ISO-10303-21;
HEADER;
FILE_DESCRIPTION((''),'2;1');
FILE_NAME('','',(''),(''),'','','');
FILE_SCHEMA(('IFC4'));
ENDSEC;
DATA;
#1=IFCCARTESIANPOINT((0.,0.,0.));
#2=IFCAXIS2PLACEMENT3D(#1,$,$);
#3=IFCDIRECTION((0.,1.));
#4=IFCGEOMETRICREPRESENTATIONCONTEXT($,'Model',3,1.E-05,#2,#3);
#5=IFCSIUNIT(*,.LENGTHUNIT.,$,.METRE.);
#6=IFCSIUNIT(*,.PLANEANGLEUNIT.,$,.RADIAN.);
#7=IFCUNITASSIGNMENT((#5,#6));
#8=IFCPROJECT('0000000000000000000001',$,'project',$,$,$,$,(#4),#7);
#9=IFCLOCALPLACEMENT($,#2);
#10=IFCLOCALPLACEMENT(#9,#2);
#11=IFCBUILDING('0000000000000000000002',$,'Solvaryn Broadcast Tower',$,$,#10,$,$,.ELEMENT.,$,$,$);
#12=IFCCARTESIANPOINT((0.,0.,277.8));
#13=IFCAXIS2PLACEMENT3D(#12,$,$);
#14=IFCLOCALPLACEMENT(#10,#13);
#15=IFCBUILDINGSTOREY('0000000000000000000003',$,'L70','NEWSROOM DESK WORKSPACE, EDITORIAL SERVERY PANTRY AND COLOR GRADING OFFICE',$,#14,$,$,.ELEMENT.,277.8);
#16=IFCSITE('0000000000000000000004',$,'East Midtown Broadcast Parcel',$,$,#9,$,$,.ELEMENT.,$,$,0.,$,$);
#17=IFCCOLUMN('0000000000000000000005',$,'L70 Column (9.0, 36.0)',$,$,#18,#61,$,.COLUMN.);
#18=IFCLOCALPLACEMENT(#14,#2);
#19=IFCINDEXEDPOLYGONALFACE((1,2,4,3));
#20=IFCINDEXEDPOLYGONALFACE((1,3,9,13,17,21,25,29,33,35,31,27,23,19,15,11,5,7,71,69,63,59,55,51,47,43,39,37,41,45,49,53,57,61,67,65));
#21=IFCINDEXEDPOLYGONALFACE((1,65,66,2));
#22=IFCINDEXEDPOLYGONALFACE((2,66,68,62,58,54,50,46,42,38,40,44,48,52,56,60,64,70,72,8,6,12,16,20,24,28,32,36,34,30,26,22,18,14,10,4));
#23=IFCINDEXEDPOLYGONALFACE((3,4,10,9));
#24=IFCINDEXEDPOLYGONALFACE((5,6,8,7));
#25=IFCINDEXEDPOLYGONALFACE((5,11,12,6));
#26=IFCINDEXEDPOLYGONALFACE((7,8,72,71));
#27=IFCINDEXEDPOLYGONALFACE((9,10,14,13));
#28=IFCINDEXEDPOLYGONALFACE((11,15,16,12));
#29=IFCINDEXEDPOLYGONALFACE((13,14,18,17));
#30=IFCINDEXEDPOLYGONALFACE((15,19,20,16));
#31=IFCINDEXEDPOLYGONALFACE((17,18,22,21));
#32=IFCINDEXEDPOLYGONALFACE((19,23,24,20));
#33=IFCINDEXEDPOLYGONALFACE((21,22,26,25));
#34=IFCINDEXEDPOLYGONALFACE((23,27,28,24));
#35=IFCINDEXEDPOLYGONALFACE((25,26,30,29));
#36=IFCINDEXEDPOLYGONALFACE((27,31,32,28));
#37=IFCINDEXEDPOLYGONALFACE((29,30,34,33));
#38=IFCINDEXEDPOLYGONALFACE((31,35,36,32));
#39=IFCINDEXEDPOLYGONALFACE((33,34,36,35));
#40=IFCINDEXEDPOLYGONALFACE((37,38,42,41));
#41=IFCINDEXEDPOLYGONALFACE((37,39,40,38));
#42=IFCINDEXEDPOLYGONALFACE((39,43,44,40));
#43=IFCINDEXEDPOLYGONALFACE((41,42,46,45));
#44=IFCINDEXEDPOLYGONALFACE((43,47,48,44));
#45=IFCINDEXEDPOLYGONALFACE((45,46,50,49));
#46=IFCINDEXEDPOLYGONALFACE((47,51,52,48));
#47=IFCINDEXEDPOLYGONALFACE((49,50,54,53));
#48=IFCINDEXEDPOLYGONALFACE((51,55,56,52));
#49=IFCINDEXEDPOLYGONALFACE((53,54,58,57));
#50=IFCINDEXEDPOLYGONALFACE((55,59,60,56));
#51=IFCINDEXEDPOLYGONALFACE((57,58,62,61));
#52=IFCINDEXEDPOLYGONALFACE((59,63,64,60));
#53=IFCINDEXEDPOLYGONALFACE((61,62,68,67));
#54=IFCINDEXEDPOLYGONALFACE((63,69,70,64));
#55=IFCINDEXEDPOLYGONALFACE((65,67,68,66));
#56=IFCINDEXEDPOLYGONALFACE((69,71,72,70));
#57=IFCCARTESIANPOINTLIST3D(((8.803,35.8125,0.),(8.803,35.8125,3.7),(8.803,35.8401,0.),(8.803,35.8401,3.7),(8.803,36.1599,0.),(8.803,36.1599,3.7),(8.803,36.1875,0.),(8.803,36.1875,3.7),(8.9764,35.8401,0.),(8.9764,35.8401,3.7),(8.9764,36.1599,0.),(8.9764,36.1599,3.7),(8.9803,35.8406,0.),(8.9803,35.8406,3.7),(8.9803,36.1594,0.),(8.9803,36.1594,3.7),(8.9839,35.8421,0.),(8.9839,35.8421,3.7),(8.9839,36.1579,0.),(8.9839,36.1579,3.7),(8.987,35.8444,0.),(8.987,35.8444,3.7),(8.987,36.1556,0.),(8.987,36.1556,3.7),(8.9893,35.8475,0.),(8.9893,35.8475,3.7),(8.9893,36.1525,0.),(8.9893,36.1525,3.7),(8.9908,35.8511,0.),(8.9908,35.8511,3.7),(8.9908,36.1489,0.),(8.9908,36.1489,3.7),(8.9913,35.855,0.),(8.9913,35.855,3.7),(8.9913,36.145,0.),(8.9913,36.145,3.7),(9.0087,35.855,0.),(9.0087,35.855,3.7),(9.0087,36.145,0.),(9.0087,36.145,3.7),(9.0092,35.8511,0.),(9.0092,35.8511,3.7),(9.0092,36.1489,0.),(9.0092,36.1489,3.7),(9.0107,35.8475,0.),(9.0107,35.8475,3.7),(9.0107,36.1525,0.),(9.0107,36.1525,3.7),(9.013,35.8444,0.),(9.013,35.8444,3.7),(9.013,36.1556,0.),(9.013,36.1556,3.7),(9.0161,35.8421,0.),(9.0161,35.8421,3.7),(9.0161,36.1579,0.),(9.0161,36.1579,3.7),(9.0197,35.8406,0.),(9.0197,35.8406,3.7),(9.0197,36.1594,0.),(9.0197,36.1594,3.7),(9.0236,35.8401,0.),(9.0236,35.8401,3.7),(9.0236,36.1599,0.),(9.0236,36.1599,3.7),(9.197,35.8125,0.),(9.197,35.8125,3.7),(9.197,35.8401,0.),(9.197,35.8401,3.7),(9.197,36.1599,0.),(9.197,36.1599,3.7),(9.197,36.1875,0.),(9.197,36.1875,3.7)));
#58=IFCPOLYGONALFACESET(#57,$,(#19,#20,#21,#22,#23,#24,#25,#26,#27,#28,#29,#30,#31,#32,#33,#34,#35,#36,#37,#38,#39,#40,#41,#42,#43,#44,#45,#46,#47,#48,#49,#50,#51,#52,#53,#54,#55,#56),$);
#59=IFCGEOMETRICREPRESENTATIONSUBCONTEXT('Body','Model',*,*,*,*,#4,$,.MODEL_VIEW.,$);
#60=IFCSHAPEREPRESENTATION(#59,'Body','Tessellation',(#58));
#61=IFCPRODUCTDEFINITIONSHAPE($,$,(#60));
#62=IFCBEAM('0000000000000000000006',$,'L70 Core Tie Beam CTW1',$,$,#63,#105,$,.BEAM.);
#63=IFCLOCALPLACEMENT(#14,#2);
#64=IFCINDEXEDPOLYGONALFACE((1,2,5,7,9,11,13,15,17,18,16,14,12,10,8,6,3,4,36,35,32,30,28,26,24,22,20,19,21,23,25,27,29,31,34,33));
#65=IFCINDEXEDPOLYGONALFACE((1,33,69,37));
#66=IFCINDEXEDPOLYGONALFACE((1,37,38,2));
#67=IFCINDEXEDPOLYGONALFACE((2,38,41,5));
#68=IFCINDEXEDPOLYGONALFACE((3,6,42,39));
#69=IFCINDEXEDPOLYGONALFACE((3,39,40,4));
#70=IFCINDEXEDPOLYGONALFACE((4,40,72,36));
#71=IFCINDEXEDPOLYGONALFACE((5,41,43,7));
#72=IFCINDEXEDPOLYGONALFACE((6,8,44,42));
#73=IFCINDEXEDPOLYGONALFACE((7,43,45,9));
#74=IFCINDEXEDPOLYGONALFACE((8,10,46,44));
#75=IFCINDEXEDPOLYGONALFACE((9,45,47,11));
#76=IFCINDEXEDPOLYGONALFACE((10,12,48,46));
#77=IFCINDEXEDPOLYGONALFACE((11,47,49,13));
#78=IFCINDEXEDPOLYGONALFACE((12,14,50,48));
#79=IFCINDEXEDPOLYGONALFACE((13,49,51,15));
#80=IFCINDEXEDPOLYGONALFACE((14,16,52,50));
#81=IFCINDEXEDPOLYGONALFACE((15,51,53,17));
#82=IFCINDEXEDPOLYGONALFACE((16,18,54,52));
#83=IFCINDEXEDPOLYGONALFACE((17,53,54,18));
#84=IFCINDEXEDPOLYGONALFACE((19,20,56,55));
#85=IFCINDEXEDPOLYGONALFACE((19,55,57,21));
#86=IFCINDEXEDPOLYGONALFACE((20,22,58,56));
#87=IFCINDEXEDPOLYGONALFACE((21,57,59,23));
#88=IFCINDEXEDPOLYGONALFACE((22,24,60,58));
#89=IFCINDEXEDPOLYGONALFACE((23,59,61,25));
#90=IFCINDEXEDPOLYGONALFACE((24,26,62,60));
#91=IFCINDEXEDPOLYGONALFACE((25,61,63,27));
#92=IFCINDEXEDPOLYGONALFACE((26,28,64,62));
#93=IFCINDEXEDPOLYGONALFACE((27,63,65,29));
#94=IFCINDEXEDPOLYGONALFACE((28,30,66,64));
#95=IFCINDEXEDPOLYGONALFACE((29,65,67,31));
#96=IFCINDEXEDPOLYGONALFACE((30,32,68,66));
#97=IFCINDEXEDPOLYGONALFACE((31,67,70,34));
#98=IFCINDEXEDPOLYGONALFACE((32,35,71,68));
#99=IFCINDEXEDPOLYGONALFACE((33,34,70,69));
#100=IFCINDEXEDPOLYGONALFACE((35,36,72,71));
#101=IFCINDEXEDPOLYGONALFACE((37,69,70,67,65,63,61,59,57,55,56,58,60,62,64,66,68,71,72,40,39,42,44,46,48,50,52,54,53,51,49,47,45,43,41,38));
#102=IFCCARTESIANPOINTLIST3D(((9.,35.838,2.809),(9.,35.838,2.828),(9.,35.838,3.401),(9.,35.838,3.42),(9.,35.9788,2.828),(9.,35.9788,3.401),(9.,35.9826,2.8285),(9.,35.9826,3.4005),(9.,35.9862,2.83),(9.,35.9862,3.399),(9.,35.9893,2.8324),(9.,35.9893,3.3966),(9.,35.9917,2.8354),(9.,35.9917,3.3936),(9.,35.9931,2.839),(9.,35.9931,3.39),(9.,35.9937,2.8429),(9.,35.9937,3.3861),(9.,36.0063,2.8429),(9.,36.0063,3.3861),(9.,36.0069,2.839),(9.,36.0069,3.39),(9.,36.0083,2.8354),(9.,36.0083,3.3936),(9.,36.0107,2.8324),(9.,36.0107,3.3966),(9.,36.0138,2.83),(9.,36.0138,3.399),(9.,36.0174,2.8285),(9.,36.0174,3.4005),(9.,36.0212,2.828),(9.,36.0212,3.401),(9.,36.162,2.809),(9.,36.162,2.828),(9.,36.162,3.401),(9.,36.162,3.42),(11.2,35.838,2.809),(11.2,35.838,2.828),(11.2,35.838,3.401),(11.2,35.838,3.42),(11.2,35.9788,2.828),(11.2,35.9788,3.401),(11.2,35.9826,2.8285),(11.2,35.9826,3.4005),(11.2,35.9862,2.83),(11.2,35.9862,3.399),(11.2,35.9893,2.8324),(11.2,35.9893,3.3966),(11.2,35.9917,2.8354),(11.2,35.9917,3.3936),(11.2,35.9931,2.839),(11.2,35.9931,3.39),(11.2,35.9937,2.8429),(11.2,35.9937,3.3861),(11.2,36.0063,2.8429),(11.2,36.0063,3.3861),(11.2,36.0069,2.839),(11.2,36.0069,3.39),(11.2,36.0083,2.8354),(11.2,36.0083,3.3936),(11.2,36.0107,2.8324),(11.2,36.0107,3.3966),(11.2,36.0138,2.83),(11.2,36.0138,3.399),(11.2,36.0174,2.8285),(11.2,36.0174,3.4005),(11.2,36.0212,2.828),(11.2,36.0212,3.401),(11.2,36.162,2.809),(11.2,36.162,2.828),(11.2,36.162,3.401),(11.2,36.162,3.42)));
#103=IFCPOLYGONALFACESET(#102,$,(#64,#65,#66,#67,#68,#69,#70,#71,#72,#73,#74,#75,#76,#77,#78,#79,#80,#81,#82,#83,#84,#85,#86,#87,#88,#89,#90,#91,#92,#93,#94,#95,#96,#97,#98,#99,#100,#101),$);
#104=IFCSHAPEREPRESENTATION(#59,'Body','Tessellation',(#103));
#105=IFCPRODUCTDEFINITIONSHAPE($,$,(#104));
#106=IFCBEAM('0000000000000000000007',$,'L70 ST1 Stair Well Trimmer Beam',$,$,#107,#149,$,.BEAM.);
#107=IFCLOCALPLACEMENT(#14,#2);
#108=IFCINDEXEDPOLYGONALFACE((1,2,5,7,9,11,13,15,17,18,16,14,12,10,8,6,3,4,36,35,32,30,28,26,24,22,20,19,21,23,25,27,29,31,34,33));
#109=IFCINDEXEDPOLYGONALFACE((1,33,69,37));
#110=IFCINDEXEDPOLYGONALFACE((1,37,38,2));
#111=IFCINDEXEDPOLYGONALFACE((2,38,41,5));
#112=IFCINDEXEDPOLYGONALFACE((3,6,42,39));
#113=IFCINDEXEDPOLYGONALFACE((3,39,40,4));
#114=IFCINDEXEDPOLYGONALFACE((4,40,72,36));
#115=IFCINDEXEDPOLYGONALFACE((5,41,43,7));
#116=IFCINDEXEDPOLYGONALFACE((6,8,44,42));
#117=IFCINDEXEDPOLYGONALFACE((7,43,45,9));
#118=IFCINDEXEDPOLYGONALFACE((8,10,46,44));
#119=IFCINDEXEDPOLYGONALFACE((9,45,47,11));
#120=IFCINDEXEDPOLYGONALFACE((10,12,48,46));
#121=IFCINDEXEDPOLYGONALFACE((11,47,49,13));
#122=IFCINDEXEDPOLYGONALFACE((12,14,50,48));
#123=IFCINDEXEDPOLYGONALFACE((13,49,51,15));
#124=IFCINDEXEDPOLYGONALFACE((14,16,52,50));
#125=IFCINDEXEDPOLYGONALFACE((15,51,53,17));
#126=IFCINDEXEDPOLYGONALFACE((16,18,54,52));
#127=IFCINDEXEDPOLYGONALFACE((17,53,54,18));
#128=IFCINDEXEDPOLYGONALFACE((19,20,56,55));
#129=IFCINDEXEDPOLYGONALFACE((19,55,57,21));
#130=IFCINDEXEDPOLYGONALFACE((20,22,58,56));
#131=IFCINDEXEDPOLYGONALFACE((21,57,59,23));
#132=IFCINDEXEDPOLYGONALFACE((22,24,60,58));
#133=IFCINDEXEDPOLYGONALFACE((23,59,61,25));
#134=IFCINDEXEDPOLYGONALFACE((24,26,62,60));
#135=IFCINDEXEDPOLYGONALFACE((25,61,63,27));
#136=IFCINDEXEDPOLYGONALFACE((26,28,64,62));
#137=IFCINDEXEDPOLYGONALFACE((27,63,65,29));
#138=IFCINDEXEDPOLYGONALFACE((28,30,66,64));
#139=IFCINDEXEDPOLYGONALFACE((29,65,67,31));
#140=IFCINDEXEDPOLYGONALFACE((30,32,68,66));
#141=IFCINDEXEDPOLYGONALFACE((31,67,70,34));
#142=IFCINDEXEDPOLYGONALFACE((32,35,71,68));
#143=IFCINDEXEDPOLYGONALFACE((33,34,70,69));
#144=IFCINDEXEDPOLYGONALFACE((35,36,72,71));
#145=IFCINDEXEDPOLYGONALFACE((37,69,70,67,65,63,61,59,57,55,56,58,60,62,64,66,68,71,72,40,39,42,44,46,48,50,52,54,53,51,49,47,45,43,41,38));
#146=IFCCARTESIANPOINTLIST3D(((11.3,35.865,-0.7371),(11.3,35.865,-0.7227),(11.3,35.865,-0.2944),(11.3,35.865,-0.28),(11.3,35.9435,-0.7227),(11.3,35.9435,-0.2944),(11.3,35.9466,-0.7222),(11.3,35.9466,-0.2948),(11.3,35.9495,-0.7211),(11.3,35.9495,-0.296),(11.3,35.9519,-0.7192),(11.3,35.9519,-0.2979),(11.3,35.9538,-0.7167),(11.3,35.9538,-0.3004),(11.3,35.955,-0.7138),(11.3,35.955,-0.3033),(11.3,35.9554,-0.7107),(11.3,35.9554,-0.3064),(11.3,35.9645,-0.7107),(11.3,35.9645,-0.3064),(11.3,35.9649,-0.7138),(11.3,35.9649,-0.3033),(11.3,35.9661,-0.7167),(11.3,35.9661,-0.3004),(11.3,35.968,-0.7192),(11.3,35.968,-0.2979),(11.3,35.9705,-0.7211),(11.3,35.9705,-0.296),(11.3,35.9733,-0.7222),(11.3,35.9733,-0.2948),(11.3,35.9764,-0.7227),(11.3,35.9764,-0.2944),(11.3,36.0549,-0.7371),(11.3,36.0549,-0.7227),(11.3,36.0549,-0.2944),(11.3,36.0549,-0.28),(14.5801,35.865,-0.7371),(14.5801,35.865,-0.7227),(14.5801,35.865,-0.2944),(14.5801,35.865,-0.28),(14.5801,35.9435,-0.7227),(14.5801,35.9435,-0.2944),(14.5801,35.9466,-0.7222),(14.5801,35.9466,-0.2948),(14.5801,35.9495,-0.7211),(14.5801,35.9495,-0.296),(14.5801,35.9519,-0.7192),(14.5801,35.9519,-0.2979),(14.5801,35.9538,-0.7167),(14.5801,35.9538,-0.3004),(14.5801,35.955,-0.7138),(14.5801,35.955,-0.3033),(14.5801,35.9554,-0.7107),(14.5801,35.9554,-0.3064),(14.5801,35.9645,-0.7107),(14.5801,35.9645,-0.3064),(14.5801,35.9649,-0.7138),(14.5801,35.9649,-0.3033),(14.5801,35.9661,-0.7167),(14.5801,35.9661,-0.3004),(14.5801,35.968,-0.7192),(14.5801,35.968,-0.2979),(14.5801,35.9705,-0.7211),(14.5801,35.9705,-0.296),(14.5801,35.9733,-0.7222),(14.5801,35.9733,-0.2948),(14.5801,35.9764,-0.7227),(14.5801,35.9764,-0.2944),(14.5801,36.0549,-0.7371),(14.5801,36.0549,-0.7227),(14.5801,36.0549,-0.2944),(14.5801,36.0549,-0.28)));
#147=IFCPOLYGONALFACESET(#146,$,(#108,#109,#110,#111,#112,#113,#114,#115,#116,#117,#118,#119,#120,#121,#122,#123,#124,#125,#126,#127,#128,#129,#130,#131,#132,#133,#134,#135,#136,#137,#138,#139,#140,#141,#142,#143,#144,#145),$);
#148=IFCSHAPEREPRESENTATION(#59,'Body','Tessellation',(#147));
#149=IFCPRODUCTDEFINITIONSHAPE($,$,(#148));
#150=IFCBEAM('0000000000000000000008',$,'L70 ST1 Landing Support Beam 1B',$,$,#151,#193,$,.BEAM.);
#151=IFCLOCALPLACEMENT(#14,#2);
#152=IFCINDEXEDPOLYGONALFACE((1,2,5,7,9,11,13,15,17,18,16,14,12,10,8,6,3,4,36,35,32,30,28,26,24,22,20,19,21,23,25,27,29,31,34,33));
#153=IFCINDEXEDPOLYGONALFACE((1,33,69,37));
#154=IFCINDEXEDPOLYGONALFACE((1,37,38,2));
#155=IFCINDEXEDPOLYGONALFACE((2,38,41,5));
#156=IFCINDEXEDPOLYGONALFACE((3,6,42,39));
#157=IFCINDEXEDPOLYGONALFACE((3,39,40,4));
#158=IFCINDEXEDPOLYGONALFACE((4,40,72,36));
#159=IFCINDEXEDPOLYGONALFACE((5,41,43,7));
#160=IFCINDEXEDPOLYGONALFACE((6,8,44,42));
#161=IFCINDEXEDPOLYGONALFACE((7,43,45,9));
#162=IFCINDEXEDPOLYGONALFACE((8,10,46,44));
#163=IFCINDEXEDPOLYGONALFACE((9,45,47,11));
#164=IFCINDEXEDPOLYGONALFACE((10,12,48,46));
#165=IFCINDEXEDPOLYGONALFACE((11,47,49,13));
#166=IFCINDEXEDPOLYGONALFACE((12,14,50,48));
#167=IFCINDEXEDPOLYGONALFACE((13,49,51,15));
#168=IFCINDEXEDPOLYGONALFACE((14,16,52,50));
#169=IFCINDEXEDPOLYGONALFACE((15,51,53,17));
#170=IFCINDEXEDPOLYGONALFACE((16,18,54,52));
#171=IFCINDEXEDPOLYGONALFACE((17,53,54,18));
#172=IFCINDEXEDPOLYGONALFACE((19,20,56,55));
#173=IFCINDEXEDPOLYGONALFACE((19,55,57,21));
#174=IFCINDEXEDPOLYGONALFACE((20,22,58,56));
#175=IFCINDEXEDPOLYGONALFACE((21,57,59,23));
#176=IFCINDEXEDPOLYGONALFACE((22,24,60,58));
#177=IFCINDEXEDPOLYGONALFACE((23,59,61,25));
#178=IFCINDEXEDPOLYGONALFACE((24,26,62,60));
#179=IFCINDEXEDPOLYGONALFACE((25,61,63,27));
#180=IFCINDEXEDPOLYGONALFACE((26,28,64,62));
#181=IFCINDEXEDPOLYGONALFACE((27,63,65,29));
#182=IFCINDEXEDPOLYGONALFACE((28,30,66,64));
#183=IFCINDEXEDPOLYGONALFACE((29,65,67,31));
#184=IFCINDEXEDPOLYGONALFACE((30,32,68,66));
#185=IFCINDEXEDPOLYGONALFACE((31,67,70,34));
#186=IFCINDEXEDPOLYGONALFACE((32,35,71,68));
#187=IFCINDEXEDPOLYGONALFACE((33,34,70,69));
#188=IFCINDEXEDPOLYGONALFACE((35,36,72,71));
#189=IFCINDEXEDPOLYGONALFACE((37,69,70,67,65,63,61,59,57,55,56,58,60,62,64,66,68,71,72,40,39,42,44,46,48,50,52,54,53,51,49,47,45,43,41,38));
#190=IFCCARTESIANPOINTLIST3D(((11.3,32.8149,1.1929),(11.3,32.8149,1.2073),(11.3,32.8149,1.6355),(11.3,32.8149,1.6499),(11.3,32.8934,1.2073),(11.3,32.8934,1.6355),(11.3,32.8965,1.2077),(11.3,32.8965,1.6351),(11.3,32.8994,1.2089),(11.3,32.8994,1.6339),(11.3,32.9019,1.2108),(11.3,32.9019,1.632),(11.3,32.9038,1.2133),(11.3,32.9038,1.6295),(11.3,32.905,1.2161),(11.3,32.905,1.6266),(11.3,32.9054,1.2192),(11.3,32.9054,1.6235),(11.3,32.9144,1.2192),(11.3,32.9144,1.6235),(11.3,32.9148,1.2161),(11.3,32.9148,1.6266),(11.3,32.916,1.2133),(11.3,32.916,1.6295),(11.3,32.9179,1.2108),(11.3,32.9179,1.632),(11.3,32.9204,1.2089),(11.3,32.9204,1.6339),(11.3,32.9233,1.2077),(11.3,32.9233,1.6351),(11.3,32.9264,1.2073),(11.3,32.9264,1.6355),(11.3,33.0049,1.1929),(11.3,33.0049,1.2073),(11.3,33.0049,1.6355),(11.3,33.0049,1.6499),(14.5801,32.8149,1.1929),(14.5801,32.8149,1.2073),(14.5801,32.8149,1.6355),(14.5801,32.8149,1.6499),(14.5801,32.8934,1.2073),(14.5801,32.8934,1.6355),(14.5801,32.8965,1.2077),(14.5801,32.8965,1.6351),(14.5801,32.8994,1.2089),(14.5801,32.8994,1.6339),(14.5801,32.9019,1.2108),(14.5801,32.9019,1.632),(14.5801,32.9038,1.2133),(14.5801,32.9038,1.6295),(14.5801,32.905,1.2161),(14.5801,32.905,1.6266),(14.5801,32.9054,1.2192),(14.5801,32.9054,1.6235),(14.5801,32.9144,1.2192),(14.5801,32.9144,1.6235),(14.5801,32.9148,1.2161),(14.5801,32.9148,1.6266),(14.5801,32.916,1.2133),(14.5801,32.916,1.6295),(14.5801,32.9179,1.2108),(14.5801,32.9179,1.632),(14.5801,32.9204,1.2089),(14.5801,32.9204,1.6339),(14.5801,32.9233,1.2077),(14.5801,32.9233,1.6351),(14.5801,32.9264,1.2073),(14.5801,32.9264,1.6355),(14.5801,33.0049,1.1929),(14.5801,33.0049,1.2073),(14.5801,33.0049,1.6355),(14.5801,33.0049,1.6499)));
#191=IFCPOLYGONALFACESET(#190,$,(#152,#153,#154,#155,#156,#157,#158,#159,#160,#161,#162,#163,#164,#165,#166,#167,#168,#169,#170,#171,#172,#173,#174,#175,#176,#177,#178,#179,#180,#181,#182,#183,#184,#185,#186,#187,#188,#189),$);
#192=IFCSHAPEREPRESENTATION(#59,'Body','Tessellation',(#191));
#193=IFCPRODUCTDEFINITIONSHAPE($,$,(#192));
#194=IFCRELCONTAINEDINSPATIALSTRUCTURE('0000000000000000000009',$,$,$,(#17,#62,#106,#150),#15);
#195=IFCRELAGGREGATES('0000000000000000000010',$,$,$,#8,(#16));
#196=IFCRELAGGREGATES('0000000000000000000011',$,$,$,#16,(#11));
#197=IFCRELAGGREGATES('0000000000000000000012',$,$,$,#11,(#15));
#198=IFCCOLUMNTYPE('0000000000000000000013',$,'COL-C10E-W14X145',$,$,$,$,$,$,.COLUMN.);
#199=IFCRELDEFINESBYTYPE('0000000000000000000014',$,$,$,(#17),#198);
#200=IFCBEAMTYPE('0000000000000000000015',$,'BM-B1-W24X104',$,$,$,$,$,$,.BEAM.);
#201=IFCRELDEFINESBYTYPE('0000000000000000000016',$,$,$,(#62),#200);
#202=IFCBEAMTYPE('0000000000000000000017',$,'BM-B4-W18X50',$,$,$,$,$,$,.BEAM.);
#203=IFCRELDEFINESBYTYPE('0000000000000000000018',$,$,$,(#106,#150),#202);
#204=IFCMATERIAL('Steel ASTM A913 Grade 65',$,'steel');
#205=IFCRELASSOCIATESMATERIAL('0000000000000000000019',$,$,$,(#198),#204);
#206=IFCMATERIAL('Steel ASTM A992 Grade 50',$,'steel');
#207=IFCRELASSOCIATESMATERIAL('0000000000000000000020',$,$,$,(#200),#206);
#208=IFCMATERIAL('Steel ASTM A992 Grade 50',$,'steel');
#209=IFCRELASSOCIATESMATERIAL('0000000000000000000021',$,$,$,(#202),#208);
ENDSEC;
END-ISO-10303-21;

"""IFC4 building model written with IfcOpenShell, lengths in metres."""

from ifc_helpers import new_model, si_unit, direction, frame, origin, origin_2d, place, context, subcontext, project, spatial, i_section, extrude, material, material_profile, profile_set, type_object, element, save


model = new_model("IFC4")

# Units and contexts
model_context = context("Model", 3, precision=1e-05, world=origin(), true_north=direction((0.0, 1.0)))
body_context = subcontext(model_context, "Body", "Model", "MODEL_VIEW")
ifc_project = project(units=[si_unit("LENGTHUNIT", "METRE"), si_unit("PLANEANGLEUNIT", "RADIAN")], contexts=[model_context])

# Site, building, storey
site_placement = place(None, origin())
site = spatial("IfcSite", under=ifc_project, at=site_placement, Name="East Midtown Broadcast Parcel", CompositionType="ELEMENT", RefElevation=0.0)
building_placement = place(site_placement, origin())
building = spatial("IfcBuilding", under=site, at=building_placement, Name="Solvaryn Broadcast Tower", CompositionType="ELEMENT")
storey_placement = place(building_placement, frame((0.0, 0.0, 277.8)))
storey = spatial("IfcBuildingStorey", under=building, at=storey_placement, Name="L70", Description="NEWSROOM DESK WORKSPACE, EDITORIAL SERVERY PANTRY AND COLOR GRADING OFFICE", CompositionType="ELEMENT", Elevation=277.8)

# Column
ifc_material_1 = material(Name="Steel ASTM A913 Grade 65", Category="steel")
ifc_material_profile_1 = material_profile(ifc_material_1, i_section(OverallWidth=0.394, OverallDepth=0.375, WebThickness=0.0173, FlangeThickness=0.0276, FilletRadius=0.0149, at=origin_2d()))
ifc_profile_set_1 = profile_set([ifc_material_profile_1], Name="Steel ASTM A913 Grade 65")
column_type = type_object("IfcColumnType", Name="COL-C10E-W14X145", PredefinedType="COLUMN", material=ifc_profile_set_1)
column_placement = place(storey_placement, frame((9.0, 36.0, 0.0), z_axis=(0.0, 0.0, 1.0), x_axis=(1.0, 0.0, 0.0)))
element("IfcColumn", 1, at=column_placement, inside=storey, type_object=column_type, Name="L70 Column (9.0, 36.0)", PredefinedType="COLUMN", context=body_context, shape_type="SweptSolid", body=[
    extrude(i_section(OverallWidth=0.394, OverallDepth=0.375, WebThickness=0.0173, FlangeThickness=0.0276, FilletRadius=0.0149, at=origin_2d()), origin(), (0.0, 0.0, 1.0), 3.7),
])

# Beams
ifc_material_2 = material(Name="Steel ASTM A992 Grade 50", Category="steel")
ifc_material_profile_2 = material_profile(ifc_material_2, i_section(OverallWidth=0.324, OverallDepth=0.6111, WebThickness=0.0127, FlangeThickness=0.019, FilletRadius=0.0149, at=origin_2d()))
ifc_profile_set_2 = profile_set([ifc_material_profile_2], Name="Steel ASTM A992 Grade 50")
beam_type_1 = type_object("IfcBeamType", Name="BM-B1-W24X104", PredefinedType="BEAM", material=ifc_profile_set_2)
beam_placement = place(storey_placement, frame((9.0, 36.0, 3.1145), z_axis=(1.0, 0.0, 0.0), x_axis=(0.0, 1.0, 0.0)))
element("IfcBeam", 2, at=beam_placement, inside=storey, type_object=beam_type_1, Name="L70 Core Tie Beam CTW1", PredefinedType="BEAM", context=body_context, shape_type="SweptSolid", body=[
    extrude(i_section(OverallWidth=0.324, OverallDepth=0.6111, WebThickness=0.0127, FlangeThickness=0.019, FilletRadius=0.0149, at=origin_2d()), origin(), (0.0, 0.0, 1.0), 2.2),
])
ifc_material_3 = material(Name="Steel ASTM A992 Grade 50", Category="steel")
ifc_material_profile_3 = material_profile(ifc_material_3, i_section(OverallWidth=0.1899, OverallDepth=0.457, WebThickness=0.009, FlangeThickness=0.0144, FilletRadius=0.012, at=origin_2d()))
ifc_profile_set_3 = profile_set([ifc_material_profile_3], Name="Steel ASTM A992 Grade 50")
beam_type_2 = type_object("IfcBeamType", Name="BM-B4-W18X50", PredefinedType="BEAM", material=ifc_profile_set_3)
for number, where, z_axis, x_axis, name in (
    (3, (11.3, 35.96, -0.5085), (1.0, 0.0, 0.0), (0.0, 1.0, 0.0), "L70 ST1 Stair Well Trimmer Beam"),
    (4, (11.3, 32.9099, 1.4214), (1.0, 0.0, 0.0), (0.0, 1.0, 0.0), "L70 ST1 Landing Support Beam 1B"),
):
    element("IfcBeam", number, at=place(storey_placement, frame(where, z_axis=z_axis, x_axis=x_axis)), inside=storey, type_object=beam_type_2, Name=name, PredefinedType="BEAM", context=body_context, shape_type="SweptSolid", body=[
        extrude(i_section(OverallWidth=0.1899, OverallDepth=0.457, WebThickness=0.009, FlangeThickness=0.0144, FilletRadius=0.012, at=origin_2d()), origin(), (0.0, 0.0, 1.0), 3.28),
    ])

save(model, "model.ifc")
